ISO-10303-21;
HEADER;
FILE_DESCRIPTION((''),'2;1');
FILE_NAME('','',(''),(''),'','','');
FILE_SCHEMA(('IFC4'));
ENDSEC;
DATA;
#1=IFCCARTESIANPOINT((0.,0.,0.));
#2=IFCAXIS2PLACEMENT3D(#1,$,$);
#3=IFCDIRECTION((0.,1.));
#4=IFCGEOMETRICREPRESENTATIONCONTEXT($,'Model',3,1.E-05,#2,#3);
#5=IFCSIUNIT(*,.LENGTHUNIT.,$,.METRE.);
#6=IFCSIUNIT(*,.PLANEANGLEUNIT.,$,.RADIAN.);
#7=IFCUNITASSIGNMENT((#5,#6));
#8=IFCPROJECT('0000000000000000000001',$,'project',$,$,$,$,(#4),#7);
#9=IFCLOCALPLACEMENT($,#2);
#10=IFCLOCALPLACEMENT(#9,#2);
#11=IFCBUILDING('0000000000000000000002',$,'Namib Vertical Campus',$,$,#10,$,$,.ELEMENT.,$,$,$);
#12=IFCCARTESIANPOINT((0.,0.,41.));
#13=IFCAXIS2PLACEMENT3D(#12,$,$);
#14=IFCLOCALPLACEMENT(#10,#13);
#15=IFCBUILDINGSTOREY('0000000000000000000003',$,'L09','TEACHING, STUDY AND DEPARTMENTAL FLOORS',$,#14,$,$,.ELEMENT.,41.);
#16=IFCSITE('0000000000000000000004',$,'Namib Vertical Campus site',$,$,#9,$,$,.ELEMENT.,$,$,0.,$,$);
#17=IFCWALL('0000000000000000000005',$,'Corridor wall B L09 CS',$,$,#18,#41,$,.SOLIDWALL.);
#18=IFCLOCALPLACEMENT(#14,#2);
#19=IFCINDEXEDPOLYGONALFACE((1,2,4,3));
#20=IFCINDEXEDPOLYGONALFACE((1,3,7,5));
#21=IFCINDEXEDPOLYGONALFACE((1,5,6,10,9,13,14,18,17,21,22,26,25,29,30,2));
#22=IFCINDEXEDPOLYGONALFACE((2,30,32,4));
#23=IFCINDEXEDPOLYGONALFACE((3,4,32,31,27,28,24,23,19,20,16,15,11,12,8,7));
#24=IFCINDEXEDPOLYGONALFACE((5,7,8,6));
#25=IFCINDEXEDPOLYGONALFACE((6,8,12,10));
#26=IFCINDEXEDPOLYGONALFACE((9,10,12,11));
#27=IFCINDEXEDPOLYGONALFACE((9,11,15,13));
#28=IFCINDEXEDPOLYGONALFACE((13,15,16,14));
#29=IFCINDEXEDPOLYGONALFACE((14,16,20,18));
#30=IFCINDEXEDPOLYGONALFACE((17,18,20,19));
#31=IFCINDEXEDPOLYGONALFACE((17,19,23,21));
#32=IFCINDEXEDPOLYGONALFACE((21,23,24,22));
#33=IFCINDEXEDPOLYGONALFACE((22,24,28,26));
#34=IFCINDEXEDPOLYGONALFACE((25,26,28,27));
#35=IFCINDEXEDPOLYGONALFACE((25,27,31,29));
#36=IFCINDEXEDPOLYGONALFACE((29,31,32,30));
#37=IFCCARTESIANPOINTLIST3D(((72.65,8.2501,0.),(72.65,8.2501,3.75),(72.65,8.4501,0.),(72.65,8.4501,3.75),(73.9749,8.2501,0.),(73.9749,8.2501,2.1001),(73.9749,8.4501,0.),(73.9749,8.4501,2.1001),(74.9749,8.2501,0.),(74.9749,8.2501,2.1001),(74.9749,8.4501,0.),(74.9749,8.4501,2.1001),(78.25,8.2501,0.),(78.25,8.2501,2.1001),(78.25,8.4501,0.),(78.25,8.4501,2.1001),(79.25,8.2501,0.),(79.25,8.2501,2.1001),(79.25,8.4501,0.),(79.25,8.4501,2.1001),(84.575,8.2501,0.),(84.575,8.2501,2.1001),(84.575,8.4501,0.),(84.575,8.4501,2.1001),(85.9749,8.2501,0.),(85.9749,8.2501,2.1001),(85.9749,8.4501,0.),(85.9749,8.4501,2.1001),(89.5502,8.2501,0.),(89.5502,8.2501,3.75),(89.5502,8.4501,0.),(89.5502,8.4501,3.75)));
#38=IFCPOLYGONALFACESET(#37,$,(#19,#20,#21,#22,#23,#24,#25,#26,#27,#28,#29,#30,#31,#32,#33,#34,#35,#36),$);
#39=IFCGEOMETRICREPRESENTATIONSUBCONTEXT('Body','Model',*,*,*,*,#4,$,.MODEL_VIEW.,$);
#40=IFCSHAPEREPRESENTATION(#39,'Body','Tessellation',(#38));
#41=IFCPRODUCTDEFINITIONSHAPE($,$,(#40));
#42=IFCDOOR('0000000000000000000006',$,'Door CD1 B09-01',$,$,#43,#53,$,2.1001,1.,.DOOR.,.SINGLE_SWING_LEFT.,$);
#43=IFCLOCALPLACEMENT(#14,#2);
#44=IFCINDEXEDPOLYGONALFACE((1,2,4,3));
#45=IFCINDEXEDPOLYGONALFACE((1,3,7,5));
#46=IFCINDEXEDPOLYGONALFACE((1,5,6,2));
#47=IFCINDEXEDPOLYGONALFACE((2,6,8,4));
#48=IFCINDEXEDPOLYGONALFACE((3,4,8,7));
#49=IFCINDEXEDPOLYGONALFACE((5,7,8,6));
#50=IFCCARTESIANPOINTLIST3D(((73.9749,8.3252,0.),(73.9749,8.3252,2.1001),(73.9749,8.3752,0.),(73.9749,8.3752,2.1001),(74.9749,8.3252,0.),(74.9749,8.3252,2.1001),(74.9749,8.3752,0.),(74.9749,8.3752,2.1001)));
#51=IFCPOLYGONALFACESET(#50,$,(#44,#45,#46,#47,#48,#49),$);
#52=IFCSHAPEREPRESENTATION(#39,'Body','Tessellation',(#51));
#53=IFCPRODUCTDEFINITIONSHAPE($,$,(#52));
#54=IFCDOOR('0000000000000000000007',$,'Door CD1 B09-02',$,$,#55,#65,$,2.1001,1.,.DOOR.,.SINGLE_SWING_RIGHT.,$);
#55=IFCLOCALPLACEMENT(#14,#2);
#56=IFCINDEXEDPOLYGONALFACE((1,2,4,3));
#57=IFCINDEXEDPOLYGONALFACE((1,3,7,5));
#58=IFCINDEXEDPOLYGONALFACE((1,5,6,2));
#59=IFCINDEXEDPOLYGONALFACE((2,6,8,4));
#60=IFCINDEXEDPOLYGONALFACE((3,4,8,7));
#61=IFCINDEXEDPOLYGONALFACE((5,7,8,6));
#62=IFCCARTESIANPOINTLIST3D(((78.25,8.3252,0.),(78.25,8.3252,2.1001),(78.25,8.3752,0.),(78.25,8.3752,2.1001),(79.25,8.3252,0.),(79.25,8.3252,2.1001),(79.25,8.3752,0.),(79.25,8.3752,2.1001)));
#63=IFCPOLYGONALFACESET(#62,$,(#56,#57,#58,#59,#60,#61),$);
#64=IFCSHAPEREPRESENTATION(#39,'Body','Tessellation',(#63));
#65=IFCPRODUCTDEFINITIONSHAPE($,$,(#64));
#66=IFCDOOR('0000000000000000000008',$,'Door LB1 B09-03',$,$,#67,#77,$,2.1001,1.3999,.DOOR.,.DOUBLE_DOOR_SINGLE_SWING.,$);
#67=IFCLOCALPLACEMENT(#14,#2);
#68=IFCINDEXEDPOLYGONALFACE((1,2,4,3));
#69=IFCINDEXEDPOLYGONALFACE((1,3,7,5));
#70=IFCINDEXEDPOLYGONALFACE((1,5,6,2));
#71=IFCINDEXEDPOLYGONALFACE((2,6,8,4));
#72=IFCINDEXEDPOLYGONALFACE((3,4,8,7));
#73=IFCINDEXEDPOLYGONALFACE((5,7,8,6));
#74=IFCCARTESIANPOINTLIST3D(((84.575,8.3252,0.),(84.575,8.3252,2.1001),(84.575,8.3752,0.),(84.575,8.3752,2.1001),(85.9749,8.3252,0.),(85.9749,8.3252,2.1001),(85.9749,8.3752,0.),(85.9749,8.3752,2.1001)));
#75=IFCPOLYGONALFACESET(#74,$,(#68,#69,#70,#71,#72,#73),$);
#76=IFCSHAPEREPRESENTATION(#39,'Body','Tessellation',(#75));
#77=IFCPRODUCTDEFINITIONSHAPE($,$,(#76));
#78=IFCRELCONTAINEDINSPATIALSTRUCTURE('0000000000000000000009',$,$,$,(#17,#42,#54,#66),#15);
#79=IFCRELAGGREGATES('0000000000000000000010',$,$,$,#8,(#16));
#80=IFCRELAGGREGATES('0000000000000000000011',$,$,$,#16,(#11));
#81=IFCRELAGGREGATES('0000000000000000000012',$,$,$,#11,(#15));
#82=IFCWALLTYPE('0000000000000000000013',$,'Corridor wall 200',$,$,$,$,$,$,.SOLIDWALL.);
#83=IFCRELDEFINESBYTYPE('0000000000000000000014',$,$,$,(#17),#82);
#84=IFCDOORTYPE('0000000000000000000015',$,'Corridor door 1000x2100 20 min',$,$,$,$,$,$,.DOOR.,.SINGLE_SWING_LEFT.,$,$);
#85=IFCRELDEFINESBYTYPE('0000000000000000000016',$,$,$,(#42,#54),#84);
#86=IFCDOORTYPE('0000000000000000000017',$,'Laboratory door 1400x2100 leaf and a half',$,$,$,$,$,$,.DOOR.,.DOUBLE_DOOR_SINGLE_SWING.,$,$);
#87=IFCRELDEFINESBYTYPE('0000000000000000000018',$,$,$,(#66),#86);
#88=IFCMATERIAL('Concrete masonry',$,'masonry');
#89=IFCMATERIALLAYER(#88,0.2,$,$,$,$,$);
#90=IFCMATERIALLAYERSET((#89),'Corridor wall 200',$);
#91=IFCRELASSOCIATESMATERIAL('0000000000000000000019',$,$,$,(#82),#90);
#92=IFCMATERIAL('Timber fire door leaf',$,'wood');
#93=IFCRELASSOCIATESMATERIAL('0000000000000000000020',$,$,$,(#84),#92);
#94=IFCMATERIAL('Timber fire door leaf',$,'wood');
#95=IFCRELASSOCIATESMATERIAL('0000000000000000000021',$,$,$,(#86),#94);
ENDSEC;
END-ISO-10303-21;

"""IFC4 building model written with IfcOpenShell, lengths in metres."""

from ifc_helpers import new_model, si_unit, direction, frame, frame_2d, origin, place, context, subcontext, project, spatial, rectangle, extrude, material, layer, layer_set, type_object, element, fill, save


model = new_model("IFC4")

# Units and contexts
model_context = context("Model", 3, precision=1e-05, world=origin(), true_north=direction((0.0, 1.0)))
body_context = subcontext(model_context, "Body", "Model", "MODEL_VIEW")
ifc_project = project(units=[si_unit("LENGTHUNIT", "METRE"), si_unit("PLANEANGLEUNIT", "RADIAN")], contexts=[model_context])

# Site, building, storey
site_placement = place(None, origin())
site = spatial("IfcSite", under=ifc_project, at=site_placement, Name="Namib Vertical Campus site", CompositionType="ELEMENT", RefElevation=0.0)
building_placement = place(site_placement, origin())
building = spatial("IfcBuilding", under=site, at=building_placement, Name="Namib Vertical Campus", CompositionType="ELEMENT")
storey_placement = place(building_placement, frame((0.0, 0.0, 41.0)))
storey = spatial("IfcBuildingStorey", under=building, at=storey_placement, Name="L09", Description="TEACHING, STUDY AND DEPARTMENTAL FLOORS", CompositionType="ELEMENT", Elevation=41.0)

# Wall, openings, doors
ifc_material_1 = material(Name="Concrete masonry", Category="masonry")
ifc_layer_1 = layer(ifc_material_1, 0.2)
ifc_layer_set_1 = layer_set([ifc_layer_1], Name="Corridor wall 200")
wall_type_1 = type_object("IfcWallType", Name="Corridor wall 200", PredefinedType="SOLIDWALL", material=ifc_layer_set_1)
wall_1_placement = place(storey_placement, frame((72.6499, 8.3501, 0.0), z_axis=(0.0, 0.0, 1.0), x_axis=(1.0, 0.0, 0.0)))
wall_1 = element("IfcWall", 1, at=wall_1_placement, inside=storey, type_object=wall_type_1, Name="Corridor wall B L09 CS", PredefinedType="SOLIDWALL", context=body_context, shape_type="SweptSolid", body=[
    extrude(rectangle(XDim=16.9001, YDim=0.2, at=frame_2d((8.4502, 0.0))), origin(), (0.0, 0.0, 1.0), 3.75),
])
opening_1_placement = place(wall_1_placement, frame((1.325, 0.0, 0.0)))
opening_1 = element("IfcOpeningElement", 2, at=opening_1_placement, cuts=wall_1, PredefinedType="OPENING", context=body_context, shape_type="SweptSolid", body=[
    extrude(rectangle(XDim=1.0, YDim=2.1001, at=frame_2d((0.5, 1.05))), frame((0.0, 0.1099, 0.0), z_axis=(0.0, -1.0, 0.0), x_axis=(1.0, 0.0, 0.0)), (0.0, 0.0, 1.0), 0.22),
])
opening_2_placement = place(wall_1_placement, frame((5.6001, 0.0, 0.0)))
opening_2 = element("IfcOpeningElement", 3, at=opening_2_placement, cuts=wall_1, PredefinedType="OPENING", context=body_context, shape_type="SweptSolid", body=[
    extrude(rectangle(XDim=1.0, YDim=2.1001, at=frame_2d((0.5, 1.05))), frame((0.0, 0.1099, 0.0), z_axis=(0.0, -1.0, 0.0), x_axis=(1.0, 0.0, 0.0)), (0.0, 0.0, 1.0), 0.22),
])
opening_3_placement = place(wall_1_placement, frame((11.925, 0.0, 0.0)))
opening_3 = element("IfcOpeningElement", 4, at=opening_3_placement, cuts=wall_1, PredefinedType="OPENING", context=body_context, shape_type="SweptSolid", body=[
    extrude(rectangle(XDim=1.3999, YDim=2.1001, at=frame_2d((0.7, 1.05))), frame((0.0, 0.1099, 0.0), z_axis=(0.0, -1.0, 0.0), x_axis=(1.0, 0.0, 0.0)), (0.0, 0.0, 1.0), 0.22),
])
ifc_material_2 = material(Name="Timber fire door leaf", Category="wood")
door_type_1 = type_object("IfcDoorType", Name="Corridor door 1000x2100 20 min", OperationType="SINGLE_SWING_LEFT", PredefinedType="DOOR", material=ifc_material_2)
door_1_placement = place(opening_1_placement, frame((1.0, 0.0, 0.0), z_axis=(0.0, 0.0, 1.0), x_axis=(-1.0, 0.0, 0.0)))
door_1 = element("IfcDoor", 5, at=door_1_placement, inside=storey, type_object=door_type_1, Name="Door CD1 B09-01", OperationType="SINGLE_SWING_LEFT", OverallHeight=2.1001, OverallWidth=1.0, PredefinedType="DOOR", context=body_context, shape_type="SweptSolid", body=[
    extrude(rectangle(XDim=1.0, YDim=2.1001, at=frame_2d((0.5, 1.05))), frame((0.0, 0.0249, 0.0), z_axis=(0.0, -1.0, 0.0), x_axis=(1.0, 0.0, 0.0)), (0.0, 0.0, 1.0), 0.05),
])
fill(opening_1, door_1)
door_2_placement = place(opening_2_placement, frame((1.0, 0.0, 0.0), z_axis=(0.0, 0.0, 1.0), x_axis=(-1.0, 0.0, 0.0)))
door_2 = element("IfcDoor", 6, at=door_2_placement, inside=storey, type_object=door_type_1, Name="Door CD1 B09-02", OperationType="SINGLE_SWING_RIGHT", OverallHeight=2.1001, OverallWidth=1.0, PredefinedType="DOOR", context=body_context, shape_type="SweptSolid", body=[
    extrude(rectangle(XDim=1.0, YDim=2.1001, at=frame_2d((0.5, 1.05))), frame((0.0, 0.0249, 0.0), z_axis=(0.0, -1.0, 0.0), x_axis=(1.0, 0.0, 0.0)), (0.0, 0.0, 1.0), 0.05),
])
fill(opening_2, door_2)
ifc_material_3 = material(Name="Timber fire door leaf", Category="wood")
door_type_2 = type_object("IfcDoorType", Name="Laboratory door 1400x2100 leaf and a half", OperationType="DOUBLE_DOOR_SINGLE_SWING", PredefinedType="DOOR", material=ifc_material_3)
door_3_placement = place(opening_3_placement, frame((1.3999, 0.0, 0.0), z_axis=(0.0, 0.0, 1.0), x_axis=(-1.0, 0.0, 0.0)))
door_3 = element("IfcDoor", 7, at=door_3_placement, inside=storey, type_object=door_type_2, Name="Door LB1 B09-03", OperationType="DOUBLE_DOOR_SINGLE_SWING", OverallHeight=2.1001, OverallWidth=1.3999, PredefinedType="DOOR", context=body_context, shape_type="SweptSolid", body=[
    extrude(rectangle(XDim=1.3999, YDim=2.1001, at=frame_2d((0.7, 1.05))), frame((0.0, 0.0249, 0.0), z_axis=(0.0, -1.0, 0.0), x_axis=(1.0, 0.0, 0.0)), (0.0, 0.0, 1.0), 0.05),
])
fill(opening_3, door_3)

save(model, "model.ifc")
